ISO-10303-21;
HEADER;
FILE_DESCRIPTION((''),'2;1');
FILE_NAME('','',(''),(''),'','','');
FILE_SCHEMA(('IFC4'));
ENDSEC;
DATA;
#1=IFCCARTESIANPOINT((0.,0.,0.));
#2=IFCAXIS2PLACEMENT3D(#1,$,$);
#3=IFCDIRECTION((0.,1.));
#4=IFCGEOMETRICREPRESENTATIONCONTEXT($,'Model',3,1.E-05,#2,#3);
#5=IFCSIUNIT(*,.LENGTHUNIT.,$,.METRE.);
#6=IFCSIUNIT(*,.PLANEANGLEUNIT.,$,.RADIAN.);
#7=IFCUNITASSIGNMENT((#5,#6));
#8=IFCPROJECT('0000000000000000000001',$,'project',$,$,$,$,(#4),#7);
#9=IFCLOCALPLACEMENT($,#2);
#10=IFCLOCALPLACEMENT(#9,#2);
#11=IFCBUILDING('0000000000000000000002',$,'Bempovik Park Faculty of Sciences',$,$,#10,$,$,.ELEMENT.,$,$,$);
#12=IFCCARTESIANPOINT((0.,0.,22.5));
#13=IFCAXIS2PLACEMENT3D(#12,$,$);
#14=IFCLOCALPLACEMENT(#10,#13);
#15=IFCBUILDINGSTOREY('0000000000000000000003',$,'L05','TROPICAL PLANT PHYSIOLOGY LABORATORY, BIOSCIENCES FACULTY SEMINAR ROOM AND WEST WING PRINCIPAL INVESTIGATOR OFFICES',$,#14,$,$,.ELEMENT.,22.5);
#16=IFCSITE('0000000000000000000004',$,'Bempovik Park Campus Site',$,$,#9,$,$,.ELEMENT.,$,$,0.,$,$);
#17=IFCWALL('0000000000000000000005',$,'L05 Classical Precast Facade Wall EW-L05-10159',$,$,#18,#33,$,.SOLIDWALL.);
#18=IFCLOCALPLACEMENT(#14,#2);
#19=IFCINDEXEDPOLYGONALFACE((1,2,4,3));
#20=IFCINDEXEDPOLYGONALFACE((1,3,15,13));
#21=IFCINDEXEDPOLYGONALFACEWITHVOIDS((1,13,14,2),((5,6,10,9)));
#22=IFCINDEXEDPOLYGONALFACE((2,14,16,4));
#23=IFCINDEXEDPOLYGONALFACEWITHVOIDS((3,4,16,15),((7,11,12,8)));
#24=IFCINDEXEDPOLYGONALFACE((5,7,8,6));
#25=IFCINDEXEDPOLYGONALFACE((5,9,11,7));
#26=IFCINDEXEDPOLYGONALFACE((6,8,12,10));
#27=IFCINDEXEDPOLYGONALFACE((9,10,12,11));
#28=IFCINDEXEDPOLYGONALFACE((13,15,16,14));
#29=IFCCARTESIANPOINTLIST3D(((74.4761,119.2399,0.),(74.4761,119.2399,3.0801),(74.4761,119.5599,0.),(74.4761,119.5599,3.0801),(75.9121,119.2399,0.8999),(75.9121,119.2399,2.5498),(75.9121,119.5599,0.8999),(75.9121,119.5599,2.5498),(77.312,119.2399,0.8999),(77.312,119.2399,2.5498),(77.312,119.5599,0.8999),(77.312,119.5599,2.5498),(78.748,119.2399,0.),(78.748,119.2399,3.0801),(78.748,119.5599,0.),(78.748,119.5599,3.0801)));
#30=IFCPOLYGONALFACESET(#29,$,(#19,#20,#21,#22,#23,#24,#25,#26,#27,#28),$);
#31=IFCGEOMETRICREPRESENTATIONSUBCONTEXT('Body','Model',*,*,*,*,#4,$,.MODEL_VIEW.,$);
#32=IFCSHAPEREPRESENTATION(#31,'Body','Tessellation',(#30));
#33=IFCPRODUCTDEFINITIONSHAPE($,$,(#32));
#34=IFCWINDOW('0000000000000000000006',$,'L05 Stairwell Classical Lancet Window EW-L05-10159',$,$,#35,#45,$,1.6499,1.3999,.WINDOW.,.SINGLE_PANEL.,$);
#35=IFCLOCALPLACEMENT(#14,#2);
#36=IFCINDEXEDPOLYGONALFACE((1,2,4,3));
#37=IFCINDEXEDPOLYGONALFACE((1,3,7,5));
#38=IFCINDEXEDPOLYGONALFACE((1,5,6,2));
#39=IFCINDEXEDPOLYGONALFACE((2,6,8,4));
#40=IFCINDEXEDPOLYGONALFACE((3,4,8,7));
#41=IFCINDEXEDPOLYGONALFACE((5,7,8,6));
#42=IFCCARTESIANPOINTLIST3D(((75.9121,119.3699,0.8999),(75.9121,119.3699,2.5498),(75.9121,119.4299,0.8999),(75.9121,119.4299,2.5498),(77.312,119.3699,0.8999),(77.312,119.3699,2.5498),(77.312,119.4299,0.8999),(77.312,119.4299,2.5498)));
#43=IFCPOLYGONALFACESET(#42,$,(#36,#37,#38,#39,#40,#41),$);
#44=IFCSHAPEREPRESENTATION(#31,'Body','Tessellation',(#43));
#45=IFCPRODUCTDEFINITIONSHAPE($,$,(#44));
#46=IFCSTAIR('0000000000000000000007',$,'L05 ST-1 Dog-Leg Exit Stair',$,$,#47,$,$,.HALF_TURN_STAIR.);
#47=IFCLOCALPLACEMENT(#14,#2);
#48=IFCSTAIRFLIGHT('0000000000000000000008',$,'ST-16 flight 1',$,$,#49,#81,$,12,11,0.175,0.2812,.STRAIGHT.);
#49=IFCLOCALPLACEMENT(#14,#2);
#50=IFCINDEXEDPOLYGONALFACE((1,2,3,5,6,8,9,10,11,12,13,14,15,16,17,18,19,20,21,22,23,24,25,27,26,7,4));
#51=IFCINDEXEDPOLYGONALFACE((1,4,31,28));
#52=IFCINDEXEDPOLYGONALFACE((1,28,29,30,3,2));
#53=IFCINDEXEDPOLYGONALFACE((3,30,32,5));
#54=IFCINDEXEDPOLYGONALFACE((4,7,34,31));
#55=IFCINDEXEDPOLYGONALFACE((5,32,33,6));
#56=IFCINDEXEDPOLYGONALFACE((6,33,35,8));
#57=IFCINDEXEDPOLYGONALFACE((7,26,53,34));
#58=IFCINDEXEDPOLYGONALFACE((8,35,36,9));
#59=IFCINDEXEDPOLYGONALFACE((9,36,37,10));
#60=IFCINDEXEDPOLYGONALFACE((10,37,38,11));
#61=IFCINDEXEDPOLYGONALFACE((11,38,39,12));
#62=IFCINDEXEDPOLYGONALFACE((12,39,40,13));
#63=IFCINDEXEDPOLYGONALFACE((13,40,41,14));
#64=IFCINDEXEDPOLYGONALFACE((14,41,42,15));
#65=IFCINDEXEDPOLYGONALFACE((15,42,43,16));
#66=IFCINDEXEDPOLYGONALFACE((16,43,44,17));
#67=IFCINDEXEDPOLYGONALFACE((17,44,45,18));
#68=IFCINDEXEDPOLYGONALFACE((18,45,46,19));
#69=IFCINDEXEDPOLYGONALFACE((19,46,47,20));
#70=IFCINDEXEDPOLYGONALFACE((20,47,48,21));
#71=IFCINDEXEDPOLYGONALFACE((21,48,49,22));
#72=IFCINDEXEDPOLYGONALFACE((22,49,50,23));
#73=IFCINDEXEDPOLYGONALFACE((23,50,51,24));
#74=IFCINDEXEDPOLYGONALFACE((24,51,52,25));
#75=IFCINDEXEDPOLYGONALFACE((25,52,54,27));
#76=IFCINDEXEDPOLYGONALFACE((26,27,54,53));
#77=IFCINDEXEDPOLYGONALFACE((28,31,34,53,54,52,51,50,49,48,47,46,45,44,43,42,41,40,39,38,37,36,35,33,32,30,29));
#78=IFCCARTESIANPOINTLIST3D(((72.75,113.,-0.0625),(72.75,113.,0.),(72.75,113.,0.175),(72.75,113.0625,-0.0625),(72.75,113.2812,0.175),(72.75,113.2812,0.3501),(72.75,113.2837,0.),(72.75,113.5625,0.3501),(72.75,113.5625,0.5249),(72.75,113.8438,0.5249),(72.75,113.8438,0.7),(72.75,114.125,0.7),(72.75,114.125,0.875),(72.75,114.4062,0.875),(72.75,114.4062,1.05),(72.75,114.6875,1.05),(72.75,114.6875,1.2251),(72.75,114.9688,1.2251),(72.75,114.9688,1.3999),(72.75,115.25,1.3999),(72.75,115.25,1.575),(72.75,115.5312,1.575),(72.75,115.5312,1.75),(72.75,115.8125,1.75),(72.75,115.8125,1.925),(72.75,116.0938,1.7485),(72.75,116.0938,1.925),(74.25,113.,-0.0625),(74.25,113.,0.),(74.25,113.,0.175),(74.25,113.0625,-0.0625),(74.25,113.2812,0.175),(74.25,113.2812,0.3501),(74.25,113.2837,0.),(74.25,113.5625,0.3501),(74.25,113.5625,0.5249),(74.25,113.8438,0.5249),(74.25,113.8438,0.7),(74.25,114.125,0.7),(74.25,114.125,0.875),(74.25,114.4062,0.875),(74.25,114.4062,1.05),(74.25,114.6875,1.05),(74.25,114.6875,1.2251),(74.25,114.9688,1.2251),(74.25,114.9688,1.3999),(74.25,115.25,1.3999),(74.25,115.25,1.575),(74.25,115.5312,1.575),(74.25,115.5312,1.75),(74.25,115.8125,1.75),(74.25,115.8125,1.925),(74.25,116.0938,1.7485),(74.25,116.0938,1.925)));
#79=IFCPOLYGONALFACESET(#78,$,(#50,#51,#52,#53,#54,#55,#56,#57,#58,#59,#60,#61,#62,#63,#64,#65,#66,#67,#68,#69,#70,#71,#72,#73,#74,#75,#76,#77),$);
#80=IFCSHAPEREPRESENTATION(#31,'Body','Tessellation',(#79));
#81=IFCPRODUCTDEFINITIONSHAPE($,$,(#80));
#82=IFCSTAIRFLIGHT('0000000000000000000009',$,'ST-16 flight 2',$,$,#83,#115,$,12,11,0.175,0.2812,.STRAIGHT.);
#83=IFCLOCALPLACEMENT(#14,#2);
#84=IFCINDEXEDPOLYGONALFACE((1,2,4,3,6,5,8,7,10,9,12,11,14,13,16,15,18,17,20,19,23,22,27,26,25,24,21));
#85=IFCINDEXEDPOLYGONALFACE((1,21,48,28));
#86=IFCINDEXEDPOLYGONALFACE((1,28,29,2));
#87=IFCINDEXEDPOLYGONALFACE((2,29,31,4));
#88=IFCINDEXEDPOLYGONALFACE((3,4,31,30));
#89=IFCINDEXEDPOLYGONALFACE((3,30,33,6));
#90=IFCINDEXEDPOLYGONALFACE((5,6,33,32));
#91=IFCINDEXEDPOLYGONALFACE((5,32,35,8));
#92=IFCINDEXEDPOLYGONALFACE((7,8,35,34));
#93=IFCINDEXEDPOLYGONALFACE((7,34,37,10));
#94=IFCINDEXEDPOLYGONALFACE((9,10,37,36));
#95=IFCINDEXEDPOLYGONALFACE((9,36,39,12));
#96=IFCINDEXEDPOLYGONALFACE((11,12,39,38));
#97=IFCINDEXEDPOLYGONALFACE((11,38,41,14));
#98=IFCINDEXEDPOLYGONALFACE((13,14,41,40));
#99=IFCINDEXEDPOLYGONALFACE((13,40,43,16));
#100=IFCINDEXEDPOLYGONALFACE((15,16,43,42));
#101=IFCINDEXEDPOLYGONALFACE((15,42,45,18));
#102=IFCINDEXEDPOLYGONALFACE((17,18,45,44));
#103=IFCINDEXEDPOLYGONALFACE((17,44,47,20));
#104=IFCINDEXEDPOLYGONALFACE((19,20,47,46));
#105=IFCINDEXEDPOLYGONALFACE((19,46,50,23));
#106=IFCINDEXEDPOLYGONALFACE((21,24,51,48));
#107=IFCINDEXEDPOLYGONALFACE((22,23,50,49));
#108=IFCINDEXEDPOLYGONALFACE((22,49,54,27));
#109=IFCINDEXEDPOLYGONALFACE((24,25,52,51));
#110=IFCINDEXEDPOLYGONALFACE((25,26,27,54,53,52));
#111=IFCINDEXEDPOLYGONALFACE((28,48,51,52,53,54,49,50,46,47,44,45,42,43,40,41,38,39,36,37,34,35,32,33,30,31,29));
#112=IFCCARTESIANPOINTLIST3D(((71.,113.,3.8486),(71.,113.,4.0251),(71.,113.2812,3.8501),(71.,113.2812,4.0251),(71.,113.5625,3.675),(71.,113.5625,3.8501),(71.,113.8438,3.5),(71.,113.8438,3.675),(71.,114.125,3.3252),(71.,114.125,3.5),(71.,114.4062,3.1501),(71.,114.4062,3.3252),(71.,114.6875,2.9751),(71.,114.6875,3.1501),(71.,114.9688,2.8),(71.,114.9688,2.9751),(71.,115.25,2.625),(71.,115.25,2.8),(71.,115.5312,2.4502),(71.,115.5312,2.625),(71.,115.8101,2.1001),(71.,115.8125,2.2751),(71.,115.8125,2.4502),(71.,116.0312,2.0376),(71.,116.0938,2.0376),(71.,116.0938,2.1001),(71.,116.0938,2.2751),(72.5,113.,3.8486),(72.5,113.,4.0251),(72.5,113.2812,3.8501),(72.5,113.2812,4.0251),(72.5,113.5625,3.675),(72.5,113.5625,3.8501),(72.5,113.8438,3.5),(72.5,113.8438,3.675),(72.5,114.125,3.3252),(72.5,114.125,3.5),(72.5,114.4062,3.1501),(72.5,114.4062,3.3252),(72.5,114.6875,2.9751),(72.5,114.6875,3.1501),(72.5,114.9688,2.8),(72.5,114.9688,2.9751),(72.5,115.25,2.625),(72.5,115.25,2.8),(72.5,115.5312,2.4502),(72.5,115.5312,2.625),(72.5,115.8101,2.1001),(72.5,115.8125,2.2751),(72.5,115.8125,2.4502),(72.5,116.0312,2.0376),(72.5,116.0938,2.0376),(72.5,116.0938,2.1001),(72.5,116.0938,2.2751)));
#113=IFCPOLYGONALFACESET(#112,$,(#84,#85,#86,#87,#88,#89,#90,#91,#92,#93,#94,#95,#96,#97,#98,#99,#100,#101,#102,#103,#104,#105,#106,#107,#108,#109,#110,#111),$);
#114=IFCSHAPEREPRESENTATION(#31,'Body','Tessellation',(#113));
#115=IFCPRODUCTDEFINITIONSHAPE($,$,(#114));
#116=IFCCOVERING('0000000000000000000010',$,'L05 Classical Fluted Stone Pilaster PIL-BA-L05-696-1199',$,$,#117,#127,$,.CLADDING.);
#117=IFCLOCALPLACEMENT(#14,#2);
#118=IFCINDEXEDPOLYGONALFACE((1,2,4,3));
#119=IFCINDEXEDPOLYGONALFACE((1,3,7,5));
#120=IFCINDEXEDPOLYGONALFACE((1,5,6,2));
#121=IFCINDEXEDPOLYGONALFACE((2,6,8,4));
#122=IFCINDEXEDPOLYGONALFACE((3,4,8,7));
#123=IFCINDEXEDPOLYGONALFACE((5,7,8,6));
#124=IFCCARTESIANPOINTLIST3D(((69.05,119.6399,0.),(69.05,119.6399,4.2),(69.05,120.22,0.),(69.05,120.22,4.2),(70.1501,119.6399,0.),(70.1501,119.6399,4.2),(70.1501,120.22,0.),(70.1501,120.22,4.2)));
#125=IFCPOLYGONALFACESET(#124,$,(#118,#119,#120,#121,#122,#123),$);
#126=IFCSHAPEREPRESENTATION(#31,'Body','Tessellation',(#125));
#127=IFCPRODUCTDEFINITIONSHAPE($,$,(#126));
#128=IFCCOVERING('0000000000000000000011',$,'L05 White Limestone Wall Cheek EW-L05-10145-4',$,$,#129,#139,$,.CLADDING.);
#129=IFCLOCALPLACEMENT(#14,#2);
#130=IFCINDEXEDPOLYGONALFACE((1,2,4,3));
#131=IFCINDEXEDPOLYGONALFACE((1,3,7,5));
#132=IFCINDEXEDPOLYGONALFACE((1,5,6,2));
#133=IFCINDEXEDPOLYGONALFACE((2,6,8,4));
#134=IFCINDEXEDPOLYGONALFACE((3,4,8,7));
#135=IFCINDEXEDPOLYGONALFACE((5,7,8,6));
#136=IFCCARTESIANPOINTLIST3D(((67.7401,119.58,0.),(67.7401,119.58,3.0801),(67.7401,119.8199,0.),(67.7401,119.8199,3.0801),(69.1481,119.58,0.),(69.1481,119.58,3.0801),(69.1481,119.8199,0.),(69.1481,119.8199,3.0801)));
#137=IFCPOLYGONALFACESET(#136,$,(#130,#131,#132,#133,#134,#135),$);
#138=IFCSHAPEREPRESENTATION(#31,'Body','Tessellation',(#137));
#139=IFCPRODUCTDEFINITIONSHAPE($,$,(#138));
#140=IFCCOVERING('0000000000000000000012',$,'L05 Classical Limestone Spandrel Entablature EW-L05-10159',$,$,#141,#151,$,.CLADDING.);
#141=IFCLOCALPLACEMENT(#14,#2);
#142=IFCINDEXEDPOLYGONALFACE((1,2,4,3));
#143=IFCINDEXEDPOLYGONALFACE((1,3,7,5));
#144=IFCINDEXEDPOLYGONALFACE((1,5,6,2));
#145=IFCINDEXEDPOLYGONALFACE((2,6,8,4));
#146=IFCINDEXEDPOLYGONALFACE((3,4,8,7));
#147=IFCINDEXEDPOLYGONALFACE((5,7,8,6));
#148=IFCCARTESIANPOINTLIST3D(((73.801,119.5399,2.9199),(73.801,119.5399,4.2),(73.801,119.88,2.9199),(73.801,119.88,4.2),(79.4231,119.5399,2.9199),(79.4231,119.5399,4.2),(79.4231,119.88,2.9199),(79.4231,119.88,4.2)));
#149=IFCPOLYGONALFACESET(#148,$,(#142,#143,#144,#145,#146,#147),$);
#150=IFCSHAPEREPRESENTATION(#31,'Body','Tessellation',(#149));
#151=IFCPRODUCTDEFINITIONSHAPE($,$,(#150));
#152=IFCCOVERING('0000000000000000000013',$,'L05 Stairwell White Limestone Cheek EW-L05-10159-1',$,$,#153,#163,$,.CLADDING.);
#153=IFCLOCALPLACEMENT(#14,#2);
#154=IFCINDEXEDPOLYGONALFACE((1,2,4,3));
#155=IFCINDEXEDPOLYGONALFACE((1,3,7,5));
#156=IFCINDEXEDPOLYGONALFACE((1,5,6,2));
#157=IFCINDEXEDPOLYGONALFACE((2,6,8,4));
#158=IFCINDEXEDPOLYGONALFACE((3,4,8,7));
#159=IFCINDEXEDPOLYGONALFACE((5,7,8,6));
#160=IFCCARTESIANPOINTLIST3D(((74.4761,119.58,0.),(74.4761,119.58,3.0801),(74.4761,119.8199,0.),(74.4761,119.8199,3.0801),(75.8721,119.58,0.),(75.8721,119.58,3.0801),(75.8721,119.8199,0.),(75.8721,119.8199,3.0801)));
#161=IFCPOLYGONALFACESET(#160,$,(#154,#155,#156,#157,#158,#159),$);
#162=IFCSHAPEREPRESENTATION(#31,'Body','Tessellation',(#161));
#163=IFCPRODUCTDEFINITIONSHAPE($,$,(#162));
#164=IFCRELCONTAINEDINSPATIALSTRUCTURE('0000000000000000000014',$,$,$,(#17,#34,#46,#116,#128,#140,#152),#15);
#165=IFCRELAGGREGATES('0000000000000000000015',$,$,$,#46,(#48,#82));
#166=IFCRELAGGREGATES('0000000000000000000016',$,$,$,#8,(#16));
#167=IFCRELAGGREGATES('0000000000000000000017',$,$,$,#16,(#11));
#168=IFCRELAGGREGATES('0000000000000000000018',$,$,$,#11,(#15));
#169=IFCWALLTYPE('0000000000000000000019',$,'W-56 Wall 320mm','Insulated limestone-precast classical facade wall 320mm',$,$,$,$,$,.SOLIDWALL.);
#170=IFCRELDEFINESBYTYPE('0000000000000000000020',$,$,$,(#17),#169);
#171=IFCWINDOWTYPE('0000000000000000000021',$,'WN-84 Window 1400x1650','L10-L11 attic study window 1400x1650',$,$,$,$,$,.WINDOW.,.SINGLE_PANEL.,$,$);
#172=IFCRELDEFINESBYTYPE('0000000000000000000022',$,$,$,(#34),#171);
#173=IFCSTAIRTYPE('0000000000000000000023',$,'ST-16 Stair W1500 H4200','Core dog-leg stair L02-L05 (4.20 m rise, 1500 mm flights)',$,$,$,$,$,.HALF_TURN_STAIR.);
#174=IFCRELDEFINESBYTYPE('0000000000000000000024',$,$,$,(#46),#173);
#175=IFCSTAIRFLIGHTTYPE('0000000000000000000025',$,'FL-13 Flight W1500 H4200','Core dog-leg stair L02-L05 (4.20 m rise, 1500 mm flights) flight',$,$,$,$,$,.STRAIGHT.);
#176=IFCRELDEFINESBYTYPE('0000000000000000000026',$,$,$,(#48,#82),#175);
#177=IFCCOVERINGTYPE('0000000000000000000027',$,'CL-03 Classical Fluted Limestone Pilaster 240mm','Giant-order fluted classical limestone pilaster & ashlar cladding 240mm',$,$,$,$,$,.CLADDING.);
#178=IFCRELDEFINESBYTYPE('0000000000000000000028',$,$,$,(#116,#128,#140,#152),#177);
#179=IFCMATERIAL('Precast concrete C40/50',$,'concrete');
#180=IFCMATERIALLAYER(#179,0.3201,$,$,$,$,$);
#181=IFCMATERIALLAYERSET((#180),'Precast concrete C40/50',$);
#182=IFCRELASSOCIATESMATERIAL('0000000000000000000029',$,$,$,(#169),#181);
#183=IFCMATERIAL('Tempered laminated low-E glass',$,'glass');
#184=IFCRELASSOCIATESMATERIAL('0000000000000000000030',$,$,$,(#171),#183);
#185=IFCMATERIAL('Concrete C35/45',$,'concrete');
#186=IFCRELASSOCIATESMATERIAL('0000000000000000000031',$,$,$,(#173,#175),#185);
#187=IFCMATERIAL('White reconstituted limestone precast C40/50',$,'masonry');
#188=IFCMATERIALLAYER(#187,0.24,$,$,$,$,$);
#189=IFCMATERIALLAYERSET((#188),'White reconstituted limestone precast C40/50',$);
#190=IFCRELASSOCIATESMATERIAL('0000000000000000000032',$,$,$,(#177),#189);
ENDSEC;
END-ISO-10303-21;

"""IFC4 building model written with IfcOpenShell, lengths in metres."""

from ifc_helpers import new_model, si_unit, direction, frame, frame_2d, origin, origin_2d, place, context, subcontext, project, spatial, polyline, rectangle, outline, extrude, material, layer, layer_set, type_object, element, fill, aggregate, save


model = new_model("IFC4")

# Units and contexts
model_context = context("Model", 3, precision=1e-05, world=origin(), true_north=direction((0.0, 1.0)))
body_context = subcontext(model_context, "Body", "Model", "MODEL_VIEW")
ifc_project = project(units=[si_unit("LENGTHUNIT", "METRE"), si_unit("PLANEANGLEUNIT", "RADIAN")], contexts=[model_context])

# Site, building, storey
site_placement = place(None, origin())
site = spatial("IfcSite", under=ifc_project, at=site_placement, Name="Bempovik Park Campus Site", CompositionType="ELEMENT", RefElevation=0.0)
building_placement = place(site_placement, origin())
building = spatial("IfcBuilding", under=site, at=building_placement, Name="Bempovik Park Faculty of Sciences", CompositionType="ELEMENT")
storey_placement = place(building_placement, frame((0.0, 0.0, 22.5)))
storey = spatial("IfcBuildingStorey", under=building, at=storey_placement, Name="L05", Description="TROPICAL PLANT PHYSIOLOGY LABORATORY, BIOSCIENCES FACULTY SEMINAR ROOM AND WEST WING PRINCIPAL INVESTIGATOR OFFICES", CompositionType="ELEMENT", Elevation=22.5)

# Shared definitions
ifc_material_1 = material(Name="Concrete C35/45", Category="concrete")

# Wall, opening, window
ifc_material_2 = material(Name="Precast concrete C40/50", Category="concrete")
ifc_layer_1 = layer(ifc_material_2, 0.3201)
ifc_layer_set_1 = layer_set([ifc_layer_1], Name="Precast concrete C40/50")
wall_type_1 = type_object("IfcWallType", Name="W-56 Wall 320mm", Description="Insulated limestone-precast classical facade wall 320mm", PredefinedType="SOLIDWALL", material=ifc_layer_set_1)
wall_1_placement = place(storey_placement, frame((74.4761, 119.3999, 0.0), z_axis=(0.0, 0.0, 1.0), x_axis=(1.0, 0.0, 0.0)))
wall_1 = element("IfcWall", 1, at=wall_1_placement, inside=storey, type_object=wall_type_1, Name="L05 Classical Precast Facade Wall EW-L05-10159", PredefinedType="SOLIDWALL", context=body_context, shape_type="SweptSolid", body=[
    extrude(rectangle(XDim=4.272, YDim=0.3201, at=frame_2d((2.136, 0.0))), origin(), (0.0, 0.0, 1.0), 3.0801),
])
opening_1_placement = place(wall_1_placement, frame((1.436, 0.0, 0.8999)))
opening_1 = element("IfcOpeningElement", 2, at=opening_1_placement, cuts=wall_1, PredefinedType="OPENING", context=body_context, shape_type="SweptSolid", body=[
    extrude(rectangle(XDim=1.3999, YDim=1.6499, at=frame_2d((0.7, 0.825))), frame((0.0, 0.1699, 0.0), z_axis=(0.0, -1.0, 0.0), x_axis=(1.0, 0.0, 0.0)), (0.0, 0.0, 1.0), 0.3401),
])
ifc_material_3 = material(Name="Tempered laminated low-E glass", Category="glass")
window_type = type_object("IfcWindowType", Name="WN-84 Window 1400x1650", Description="L10-L11 attic study window 1400x1650", PartitioningType="SINGLE_PANEL", PredefinedType="WINDOW", material=ifc_material_3)
window_placement = place(opening_1_placement, origin())
window = element("IfcWindow", 3, at=window_placement, inside=storey, type_object=window_type, Name="L05 Stairwell Classical Lancet Window EW-L05-10159", OverallHeight=1.6499, OverallWidth=1.3999, PartitioningType="SINGLE_PANEL", PredefinedType="WINDOW", context=body_context, shape_type="SweptSolid", body=[
    extrude(rectangle(XDim=1.3999, YDim=1.6499, at=frame_2d((0.7, 0.825))), frame((0.0, 0.03, 0.0), z_axis=(0.0, -1.0, 0.0), x_axis=(1.0, 0.0, 0.0)), (0.0, 0.0, 1.0), 0.0601),
])
fill(opening_1, window)

# Stair, stair flights
stair_type = type_object("IfcStairType", Name="ST-16 Stair W1500 H4200", Description="Core dog-leg stair L02-L05 (4.20 m rise, 1500 mm flights)", PredefinedType="HALF_TURN_STAIR", material=ifc_material_1)
stair_placement = place(storey_placement, origin())
stair = element("IfcStair", 4, at=stair_placement, inside=storey, type_object=stair_type, Name="L05 ST-1 Dog-Leg Exit Stair", PredefinedType="HALF_TURN_STAIR")
stair_flight_type = type_object("IfcStairFlightType", Name="FL-13 Flight W1500 H4200", Description="Core dog-leg stair L02-L05 (4.20 m rise, 1500 mm flights) flight", PredefinedType="STRAIGHT", material=ifc_material_1)
stair_flight_1_placement = place(storey_placement, frame((73.5, 113.0, 0.0), z_axis=(0.0, 0.0, 1.0), x_axis=(0.0, 1.0, 0.0)))
stair_flight_1 = element("IfcStairFlight", 5, at=stair_flight_1_placement, type_object=stair_flight_type, Name="ST-16 flight 1", NumberOfRisers=12, NumberOfTreads=11, PredefinedType="STRAIGHT", RiserHeight=0.175, TreadLength=0.2812, context=body_context, shape_type="SweptSolid", body=[
    extrude(outline(polyline([(0.0, 0.0), (0.0, 0.175), (0.2812, 0.175), (0.2812, 0.3501), (0.5625, 0.3501), (0.5625, 0.5249), (0.8438, 0.5249), (0.8438, 0.7), (1.125, 0.7), (1.125, 0.875), (1.4062, 0.875), (1.4062, 1.05), (1.6875, 1.05), (1.6875, 1.2251), (1.9688, 1.2251), (1.9688, 1.3999), (2.25, 1.3999), (2.25, 1.575), (2.5312, 1.575), (2.5312, 1.75), (2.8125, 1.75), (2.8125, 1.925), (3.0938, 1.925), (3.0938, 2.1001), (3.0938, 1.7485), (0.2837, 0.0), (0.0625, -0.0625), (0.0, -0.0625), (0.0, 0.0)])), frame((0.0, 0.75, 0.0), z_axis=(0.0, -1.0, 0.0), x_axis=(1.0, 0.0, 0.0)), (0.0, 0.0, 1.0), 1.5),
])
stair_flight_2_placement = place(storey_placement, frame((71.75, 116.0938, 2.1001), z_axis=(0.0, 0.0, 1.0), x_axis=(0.0, -1.0, 0.0)))
stair_flight_2 = element("IfcStairFlight", 6, at=stair_flight_2_placement, type_object=stair_flight_type, Name="ST-16 flight 2", NumberOfRisers=12, NumberOfTreads=11, PredefinedType="STRAIGHT", RiserHeight=0.175, TreadLength=0.2812, context=body_context, shape_type="SweptSolid", body=[
    extrude(outline(polyline([(0.0, 0.0), (0.0, 0.175), (0.2812, 0.175), (0.2812, 0.3501), (0.5625, 0.3501), (0.5625, 0.5249), (0.8438, 0.5249), (0.8438, 0.7), (1.125, 0.7), (1.125, 0.875), (1.4062, 0.875), (1.4062, 1.05), (1.6875, 1.05), (1.6875, 1.2251), (1.9688, 1.2251), (1.9688, 1.3999), (2.25, 1.3999), (2.25, 1.575), (2.5312, 1.575), (2.5312, 1.75), (2.8125, 1.75), (2.8125, 1.925), (3.0938, 1.925), (3.0938, 2.1001), (3.0938, 1.7485), (0.2837, 0.0), (0.0625, -0.0625), (0.0, -0.0625), (0.0, 0.0)])), frame((0.0, 0.75, 0.0), z_axis=(0.0, -1.0, 0.0), x_axis=(1.0, 0.0, 0.0)), (0.0, 0.0, 1.0), 1.5),
])
aggregate(stair, [stair_flight_1, stair_flight_2])

# Coverings
ifc_material_4 = material(Name="White reconstituted limestone precast C40/50", Category="masonry")
ifc_layer_2 = layer(ifc_material_4, 0.24)
ifc_layer_set_2 = layer_set([ifc_layer_2], Name="White reconstituted limestone precast C40/50")
covering_type = type_object("IfcCoveringType", Name="CL-03 Classical Fluted Limestone Pilaster 240mm", Description="Giant-order fluted classical limestone pilaster & ashlar cladding 240mm", PredefinedType="CLADDING", material=ifc_layer_set_2)
covering_1_placement = place(storey_placement, frame((69.6001, 119.9299, 0.0), z_axis=(0.0, 0.0, 1.0), x_axis=(1.0, 0.0, 0.0)))
element("IfcCovering", 7, at=covering_1_placement, inside=storey, type_object=covering_type, Name="L05 Classical Fluted Stone Pilaster PIL-BA-L05-696-1199", PredefinedType="CLADDING", context=body_context, shape_type="SweptSolid", body=[
    extrude(rectangle(XDim=1.1001, YDim=0.5801, at=origin_2d()), origin(), (0.0, 0.0, 1.0), 4.2),
])
covering_2_placement = place(storey_placement, frame((68.4441, 119.7, 0.0), z_axis=(0.0, 0.0, 1.0), x_axis=(1.0, 0.0, 0.0)))
element("IfcCovering", 8, at=covering_2_placement, inside=storey, type_object=covering_type, Name="L05 White Limestone Wall Cheek EW-L05-10145-4", PredefinedType="CLADDING", context=body_context, shape_type="SweptSolid", body=[
    extrude(rectangle(XDim=1.408, YDim=0.24, at=origin_2d()), origin(), (0.0, 0.0, 1.0), 3.0801),
])
covering_3_placement = place(storey_placement, frame((76.6121, 119.71, 2.9199), z_axis=(0.0, 0.0, 1.0), x_axis=(1.0, 0.0, 0.0)))
element("IfcCovering", 9, at=covering_3_placement, inside=storey, type_object=covering_type, Name="L05 Classical Limestone Spandrel Entablature EW-L05-10159", PredefinedType="CLADDING", context=body_context, shape_type="SweptSolid", body=[
    extrude(rectangle(XDim=5.6221, YDim=0.3401, at=origin_2d()), origin(), (0.0, 0.0, 1.0), 1.28),
])
covering_4_placement = place(storey_placement, frame((75.1741, 119.7, 0.0), z_axis=(0.0, 0.0, 1.0), x_axis=(1.0, 0.0, 0.0)))
element("IfcCovering", 10, at=covering_4_placement, inside=storey, type_object=covering_type, Name="L05 Stairwell White Limestone Cheek EW-L05-10159-1", PredefinedType="CLADDING", context=body_context, shape_type="SweptSolid", body=[
    extrude(rectangle(XDim=1.396, YDim=0.24, at=origin_2d()), origin(), (0.0, 0.0, 1.0), 3.0801),
])

save(model, "model.ifc")
